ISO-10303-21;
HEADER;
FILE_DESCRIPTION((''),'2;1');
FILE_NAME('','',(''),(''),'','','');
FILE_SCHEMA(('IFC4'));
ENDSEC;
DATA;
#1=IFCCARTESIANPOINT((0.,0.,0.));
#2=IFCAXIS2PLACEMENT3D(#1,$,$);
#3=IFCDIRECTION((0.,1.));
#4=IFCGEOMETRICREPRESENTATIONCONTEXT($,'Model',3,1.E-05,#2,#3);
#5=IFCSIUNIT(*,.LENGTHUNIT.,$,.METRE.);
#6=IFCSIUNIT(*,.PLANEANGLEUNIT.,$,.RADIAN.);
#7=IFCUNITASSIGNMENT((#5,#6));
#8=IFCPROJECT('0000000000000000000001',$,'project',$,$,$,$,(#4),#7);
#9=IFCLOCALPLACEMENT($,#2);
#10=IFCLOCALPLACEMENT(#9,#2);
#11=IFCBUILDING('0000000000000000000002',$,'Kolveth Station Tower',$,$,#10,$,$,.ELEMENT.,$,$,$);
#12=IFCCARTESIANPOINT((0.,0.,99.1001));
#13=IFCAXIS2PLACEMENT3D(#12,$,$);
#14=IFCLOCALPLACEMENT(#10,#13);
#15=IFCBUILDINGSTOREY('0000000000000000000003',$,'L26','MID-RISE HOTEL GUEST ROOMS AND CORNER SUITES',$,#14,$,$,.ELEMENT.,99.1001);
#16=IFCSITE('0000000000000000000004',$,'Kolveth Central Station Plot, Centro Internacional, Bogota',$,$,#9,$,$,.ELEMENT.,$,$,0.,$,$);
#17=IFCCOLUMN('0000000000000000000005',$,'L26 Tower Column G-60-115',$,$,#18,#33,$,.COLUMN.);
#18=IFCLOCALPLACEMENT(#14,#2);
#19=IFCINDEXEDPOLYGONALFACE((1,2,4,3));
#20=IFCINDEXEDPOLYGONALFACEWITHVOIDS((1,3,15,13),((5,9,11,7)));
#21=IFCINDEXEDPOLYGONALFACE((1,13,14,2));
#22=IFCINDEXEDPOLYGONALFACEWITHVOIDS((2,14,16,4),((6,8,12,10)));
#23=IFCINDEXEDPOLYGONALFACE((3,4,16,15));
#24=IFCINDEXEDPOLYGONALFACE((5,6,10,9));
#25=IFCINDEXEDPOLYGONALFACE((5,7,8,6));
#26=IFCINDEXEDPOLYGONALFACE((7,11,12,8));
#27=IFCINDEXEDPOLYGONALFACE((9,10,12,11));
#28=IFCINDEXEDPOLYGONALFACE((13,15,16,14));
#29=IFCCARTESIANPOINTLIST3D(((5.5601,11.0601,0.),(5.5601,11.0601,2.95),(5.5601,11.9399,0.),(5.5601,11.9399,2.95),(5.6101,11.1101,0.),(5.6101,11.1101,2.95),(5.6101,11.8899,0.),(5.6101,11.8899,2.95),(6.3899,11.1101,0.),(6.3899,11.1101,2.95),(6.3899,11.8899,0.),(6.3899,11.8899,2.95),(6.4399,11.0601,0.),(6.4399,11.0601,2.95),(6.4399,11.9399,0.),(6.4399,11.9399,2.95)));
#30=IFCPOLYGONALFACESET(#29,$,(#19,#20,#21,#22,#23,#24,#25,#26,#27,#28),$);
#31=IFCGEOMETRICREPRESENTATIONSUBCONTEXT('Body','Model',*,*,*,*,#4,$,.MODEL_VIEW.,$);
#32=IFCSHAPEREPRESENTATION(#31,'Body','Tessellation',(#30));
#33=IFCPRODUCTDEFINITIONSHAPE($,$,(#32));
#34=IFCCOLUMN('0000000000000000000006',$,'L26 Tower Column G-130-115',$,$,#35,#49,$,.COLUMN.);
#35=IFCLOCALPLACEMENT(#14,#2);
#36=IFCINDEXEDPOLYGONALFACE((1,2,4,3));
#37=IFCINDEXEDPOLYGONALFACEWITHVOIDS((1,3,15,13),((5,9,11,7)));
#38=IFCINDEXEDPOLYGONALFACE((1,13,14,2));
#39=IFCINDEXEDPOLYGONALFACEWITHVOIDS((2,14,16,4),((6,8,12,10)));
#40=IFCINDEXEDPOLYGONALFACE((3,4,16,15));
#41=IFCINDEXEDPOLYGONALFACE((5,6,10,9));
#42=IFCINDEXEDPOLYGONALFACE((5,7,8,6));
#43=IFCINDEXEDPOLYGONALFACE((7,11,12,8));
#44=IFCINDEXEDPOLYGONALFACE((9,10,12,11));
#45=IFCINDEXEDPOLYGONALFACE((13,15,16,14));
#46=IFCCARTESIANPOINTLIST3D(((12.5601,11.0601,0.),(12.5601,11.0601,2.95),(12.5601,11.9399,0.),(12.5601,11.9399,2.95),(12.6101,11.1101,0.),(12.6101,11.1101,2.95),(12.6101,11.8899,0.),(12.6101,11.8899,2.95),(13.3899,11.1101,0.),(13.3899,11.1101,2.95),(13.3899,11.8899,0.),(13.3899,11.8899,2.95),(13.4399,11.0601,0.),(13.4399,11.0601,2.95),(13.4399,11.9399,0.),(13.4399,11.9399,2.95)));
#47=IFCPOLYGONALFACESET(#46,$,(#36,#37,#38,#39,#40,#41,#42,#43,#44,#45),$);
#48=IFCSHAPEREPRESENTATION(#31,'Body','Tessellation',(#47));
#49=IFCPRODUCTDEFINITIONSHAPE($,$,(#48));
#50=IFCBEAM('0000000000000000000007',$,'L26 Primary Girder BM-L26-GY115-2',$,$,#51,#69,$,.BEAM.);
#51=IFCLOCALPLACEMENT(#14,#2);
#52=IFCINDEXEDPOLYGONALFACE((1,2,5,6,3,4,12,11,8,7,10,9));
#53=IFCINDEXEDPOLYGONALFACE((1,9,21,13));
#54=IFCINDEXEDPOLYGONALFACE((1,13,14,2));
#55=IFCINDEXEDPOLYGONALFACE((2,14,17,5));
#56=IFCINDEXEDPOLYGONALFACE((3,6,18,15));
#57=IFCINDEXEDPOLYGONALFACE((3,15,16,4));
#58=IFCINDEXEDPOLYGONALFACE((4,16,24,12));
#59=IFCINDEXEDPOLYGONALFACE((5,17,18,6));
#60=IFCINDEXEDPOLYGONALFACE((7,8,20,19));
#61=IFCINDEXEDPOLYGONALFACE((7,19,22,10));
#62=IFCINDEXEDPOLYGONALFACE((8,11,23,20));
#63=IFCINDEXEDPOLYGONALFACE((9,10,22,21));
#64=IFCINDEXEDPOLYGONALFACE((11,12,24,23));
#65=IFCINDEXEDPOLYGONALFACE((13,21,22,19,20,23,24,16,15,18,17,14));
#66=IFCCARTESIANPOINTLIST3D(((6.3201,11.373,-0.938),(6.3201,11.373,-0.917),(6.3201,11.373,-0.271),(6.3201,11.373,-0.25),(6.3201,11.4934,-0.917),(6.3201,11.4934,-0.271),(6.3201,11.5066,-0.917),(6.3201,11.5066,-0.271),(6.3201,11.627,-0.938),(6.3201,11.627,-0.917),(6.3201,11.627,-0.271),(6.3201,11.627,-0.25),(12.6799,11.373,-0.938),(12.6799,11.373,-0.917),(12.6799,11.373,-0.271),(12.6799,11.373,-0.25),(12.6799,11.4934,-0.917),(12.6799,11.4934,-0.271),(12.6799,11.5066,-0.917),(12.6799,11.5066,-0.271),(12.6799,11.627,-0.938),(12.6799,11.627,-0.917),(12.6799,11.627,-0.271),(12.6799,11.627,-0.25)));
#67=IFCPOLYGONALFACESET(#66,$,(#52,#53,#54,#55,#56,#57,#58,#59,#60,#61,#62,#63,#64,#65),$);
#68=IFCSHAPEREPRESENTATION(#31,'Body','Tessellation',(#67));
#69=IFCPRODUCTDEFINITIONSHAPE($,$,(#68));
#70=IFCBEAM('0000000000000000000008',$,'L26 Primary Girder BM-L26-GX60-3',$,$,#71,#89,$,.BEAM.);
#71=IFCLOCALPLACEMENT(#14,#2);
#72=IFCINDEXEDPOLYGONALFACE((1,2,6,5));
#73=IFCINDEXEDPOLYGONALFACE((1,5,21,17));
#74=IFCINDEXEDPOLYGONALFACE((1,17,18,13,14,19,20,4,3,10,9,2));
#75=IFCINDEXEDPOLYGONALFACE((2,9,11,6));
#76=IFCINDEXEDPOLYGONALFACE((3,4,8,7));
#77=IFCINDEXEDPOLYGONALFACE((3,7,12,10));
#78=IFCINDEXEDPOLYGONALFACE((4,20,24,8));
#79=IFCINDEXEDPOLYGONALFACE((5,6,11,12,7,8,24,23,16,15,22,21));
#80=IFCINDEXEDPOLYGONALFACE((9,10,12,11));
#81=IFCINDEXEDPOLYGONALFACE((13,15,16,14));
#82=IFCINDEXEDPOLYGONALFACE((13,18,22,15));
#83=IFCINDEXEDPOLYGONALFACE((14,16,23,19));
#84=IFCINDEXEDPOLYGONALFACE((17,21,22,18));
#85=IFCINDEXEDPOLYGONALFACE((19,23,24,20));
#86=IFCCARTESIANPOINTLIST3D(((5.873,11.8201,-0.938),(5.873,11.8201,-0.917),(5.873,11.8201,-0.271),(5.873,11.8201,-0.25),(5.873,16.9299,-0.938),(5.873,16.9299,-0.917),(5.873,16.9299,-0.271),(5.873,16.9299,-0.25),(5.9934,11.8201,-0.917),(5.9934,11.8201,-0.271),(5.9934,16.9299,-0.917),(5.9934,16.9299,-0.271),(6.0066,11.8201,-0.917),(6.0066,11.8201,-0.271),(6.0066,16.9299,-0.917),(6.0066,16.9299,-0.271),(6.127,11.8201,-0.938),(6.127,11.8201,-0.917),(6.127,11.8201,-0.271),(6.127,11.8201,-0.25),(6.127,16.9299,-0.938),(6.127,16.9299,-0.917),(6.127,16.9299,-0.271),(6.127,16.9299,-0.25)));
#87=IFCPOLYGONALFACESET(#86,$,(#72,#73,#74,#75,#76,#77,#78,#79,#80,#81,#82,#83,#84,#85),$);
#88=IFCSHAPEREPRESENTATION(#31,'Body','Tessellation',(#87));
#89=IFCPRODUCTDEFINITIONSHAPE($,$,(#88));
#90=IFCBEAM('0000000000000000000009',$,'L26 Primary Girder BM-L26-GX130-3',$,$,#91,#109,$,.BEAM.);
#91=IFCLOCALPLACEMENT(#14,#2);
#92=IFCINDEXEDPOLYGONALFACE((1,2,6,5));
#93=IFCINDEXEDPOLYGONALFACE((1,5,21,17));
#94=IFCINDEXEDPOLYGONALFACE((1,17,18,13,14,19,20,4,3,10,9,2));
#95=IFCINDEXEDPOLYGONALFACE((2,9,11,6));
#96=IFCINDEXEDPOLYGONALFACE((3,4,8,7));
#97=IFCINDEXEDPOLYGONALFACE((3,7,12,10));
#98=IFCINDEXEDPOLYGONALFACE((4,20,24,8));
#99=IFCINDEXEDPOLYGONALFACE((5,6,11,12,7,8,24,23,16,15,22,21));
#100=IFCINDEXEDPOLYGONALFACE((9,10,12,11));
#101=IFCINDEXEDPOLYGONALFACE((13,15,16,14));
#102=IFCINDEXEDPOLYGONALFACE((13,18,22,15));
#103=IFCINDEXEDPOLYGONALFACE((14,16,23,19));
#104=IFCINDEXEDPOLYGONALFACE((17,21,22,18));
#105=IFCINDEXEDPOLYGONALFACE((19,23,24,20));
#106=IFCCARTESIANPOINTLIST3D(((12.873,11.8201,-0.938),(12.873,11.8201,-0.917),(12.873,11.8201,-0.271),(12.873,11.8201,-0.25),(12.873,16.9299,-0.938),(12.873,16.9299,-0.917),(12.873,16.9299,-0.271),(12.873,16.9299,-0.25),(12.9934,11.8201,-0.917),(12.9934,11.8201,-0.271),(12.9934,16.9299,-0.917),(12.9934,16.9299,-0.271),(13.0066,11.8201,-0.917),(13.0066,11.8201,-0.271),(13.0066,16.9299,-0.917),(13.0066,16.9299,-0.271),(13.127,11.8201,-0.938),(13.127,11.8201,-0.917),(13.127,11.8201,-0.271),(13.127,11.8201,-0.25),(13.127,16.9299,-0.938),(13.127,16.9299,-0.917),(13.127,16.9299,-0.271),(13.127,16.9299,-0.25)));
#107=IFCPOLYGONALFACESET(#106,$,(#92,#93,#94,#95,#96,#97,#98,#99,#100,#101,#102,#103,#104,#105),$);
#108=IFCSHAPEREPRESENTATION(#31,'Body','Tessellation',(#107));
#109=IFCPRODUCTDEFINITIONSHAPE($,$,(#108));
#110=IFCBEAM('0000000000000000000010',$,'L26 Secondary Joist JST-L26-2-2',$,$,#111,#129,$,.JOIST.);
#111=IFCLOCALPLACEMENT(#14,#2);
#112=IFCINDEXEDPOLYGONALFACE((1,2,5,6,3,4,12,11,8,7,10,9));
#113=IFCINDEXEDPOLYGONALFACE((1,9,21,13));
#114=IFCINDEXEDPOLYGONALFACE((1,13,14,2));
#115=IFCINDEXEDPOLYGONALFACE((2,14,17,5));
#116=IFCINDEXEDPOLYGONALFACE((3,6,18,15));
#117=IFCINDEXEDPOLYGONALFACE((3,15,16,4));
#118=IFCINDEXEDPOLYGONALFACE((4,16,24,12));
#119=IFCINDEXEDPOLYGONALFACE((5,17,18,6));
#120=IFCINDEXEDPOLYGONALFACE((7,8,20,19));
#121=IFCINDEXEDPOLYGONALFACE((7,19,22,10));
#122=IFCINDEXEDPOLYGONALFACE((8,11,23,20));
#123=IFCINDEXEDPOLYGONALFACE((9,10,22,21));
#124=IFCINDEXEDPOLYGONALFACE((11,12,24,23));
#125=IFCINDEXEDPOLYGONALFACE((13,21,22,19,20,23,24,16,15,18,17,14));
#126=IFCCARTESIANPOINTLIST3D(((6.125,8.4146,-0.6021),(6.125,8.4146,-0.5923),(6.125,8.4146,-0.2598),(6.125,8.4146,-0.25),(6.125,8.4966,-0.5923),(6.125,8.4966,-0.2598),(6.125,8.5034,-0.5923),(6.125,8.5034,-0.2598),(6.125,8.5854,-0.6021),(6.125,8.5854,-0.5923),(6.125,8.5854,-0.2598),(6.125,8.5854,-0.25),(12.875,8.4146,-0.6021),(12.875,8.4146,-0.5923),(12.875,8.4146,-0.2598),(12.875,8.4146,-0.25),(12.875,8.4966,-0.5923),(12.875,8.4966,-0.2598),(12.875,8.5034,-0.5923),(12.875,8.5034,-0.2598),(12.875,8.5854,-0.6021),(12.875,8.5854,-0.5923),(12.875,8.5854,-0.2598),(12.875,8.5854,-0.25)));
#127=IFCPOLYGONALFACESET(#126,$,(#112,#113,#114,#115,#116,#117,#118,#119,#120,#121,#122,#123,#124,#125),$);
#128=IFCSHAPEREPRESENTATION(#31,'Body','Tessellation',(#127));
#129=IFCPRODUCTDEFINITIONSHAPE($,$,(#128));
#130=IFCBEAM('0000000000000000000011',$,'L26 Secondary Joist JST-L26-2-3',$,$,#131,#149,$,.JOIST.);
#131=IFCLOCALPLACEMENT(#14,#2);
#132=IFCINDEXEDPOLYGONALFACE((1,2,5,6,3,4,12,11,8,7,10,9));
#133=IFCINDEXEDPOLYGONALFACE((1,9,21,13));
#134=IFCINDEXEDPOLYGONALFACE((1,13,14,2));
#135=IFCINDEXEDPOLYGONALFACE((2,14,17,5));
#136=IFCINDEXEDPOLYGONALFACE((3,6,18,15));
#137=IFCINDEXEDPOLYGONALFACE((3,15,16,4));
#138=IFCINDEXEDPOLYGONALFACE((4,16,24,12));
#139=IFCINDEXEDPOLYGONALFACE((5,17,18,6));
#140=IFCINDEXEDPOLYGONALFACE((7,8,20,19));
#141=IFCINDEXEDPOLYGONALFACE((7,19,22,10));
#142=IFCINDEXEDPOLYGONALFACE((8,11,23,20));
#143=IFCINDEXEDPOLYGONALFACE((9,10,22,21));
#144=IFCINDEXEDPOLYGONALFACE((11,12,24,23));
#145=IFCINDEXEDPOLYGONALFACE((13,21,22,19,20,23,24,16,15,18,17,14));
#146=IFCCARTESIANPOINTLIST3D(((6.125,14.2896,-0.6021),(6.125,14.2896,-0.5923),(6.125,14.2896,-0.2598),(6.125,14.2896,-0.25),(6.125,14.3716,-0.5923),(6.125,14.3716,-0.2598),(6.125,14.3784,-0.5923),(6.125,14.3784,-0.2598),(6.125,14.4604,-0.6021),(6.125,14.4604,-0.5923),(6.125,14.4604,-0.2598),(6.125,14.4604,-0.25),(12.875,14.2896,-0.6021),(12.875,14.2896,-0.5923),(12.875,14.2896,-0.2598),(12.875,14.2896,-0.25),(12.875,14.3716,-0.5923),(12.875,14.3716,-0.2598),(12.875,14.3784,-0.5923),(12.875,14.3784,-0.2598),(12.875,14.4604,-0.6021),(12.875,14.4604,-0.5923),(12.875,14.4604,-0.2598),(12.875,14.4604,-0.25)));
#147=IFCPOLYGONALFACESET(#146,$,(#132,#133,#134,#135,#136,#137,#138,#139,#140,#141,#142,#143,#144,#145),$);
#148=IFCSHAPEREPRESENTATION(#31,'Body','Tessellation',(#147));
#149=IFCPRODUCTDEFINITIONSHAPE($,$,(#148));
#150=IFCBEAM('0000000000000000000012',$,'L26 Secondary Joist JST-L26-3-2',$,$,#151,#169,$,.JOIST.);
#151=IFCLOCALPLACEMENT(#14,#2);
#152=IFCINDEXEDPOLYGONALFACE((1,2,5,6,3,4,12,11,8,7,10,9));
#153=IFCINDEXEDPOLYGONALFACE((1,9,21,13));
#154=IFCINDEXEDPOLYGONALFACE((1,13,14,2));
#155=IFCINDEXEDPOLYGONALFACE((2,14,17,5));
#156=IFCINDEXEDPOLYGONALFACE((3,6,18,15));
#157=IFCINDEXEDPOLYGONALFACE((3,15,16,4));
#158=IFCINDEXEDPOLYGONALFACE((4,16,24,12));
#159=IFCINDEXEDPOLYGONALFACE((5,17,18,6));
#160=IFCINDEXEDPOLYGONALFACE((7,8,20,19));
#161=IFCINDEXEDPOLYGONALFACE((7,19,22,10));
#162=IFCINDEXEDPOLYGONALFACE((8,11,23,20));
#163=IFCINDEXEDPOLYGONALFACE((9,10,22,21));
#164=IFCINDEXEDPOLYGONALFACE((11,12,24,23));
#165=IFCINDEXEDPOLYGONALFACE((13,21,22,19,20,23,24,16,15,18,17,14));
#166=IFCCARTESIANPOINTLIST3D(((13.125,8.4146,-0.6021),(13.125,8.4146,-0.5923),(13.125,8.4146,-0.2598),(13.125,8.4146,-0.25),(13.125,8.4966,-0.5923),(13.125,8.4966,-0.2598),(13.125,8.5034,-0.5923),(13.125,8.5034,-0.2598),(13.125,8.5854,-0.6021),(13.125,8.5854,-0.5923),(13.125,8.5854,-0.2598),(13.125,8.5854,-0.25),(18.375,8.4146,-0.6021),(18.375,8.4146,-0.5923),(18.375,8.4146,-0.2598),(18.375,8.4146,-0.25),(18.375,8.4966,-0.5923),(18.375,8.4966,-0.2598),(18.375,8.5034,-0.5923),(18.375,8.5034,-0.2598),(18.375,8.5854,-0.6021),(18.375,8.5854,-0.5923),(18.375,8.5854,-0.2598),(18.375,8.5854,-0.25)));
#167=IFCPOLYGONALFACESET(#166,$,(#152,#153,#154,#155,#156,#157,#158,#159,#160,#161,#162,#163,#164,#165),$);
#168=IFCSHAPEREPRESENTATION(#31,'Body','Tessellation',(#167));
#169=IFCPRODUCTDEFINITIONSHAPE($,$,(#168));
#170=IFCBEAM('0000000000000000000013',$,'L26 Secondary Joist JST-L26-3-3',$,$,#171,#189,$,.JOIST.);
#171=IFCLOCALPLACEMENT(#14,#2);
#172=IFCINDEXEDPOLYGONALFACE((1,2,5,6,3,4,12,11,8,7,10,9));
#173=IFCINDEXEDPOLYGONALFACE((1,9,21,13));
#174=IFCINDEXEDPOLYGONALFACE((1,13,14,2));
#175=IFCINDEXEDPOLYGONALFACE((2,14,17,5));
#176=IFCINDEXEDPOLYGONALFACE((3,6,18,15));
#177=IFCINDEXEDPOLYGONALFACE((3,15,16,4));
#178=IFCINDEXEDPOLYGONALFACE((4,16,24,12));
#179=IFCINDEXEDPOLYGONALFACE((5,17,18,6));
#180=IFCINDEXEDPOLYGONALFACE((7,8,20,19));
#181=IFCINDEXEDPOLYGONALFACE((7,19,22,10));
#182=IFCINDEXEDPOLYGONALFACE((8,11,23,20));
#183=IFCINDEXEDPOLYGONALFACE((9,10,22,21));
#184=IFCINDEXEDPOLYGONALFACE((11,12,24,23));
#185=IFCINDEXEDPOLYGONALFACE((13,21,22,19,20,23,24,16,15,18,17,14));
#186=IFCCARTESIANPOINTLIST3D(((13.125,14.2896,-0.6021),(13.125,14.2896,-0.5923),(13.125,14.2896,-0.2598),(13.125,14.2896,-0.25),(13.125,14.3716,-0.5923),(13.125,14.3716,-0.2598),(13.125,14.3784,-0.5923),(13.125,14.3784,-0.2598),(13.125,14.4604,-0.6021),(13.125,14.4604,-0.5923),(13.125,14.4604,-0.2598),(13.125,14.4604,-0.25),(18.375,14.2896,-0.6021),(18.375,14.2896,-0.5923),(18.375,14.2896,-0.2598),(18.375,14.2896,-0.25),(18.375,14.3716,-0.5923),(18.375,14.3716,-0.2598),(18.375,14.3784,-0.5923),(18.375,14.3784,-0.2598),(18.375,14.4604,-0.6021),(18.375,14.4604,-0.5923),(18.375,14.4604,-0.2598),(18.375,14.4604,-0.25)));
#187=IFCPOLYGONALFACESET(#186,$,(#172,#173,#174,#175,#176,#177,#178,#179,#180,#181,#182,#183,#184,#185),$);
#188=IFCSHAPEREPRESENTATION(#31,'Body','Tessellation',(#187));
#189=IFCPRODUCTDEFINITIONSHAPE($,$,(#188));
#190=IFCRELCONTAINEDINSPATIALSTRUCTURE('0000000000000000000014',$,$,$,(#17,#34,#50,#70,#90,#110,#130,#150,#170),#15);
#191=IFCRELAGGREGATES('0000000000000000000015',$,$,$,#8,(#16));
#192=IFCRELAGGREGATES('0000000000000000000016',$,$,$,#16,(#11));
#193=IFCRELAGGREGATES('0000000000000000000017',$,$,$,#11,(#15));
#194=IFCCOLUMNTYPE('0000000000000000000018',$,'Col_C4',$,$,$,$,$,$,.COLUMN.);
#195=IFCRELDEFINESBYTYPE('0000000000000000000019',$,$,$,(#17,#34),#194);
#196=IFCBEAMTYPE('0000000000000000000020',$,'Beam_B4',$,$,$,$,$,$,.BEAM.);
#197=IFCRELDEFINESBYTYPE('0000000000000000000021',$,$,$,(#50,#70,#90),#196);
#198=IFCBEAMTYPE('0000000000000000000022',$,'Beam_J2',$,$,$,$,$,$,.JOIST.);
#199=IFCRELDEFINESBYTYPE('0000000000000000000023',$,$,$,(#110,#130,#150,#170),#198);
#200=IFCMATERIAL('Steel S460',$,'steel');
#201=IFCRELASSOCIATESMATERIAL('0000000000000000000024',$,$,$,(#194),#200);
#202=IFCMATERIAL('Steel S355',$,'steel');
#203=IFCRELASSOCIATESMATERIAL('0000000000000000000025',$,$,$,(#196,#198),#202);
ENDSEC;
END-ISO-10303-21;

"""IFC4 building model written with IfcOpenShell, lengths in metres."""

from ifc_helpers import new_model, si_unit, direction, frame, origin, origin_2d, place, context, subcontext, project, spatial, hollow_rectangle, i_section, extrude, source, transform, mapped, material, material_profile, profile_set, type_object, element, save


model = new_model("IFC4")

# Units and contexts
model_context = context("Model", 3, precision=1e-05, world=origin(), true_north=direction((0.0, 1.0)))
body_context = subcontext(model_context, "Body", "Model", "MODEL_VIEW")
ifc_project = project(units=[si_unit("LENGTHUNIT", "METRE"), si_unit("PLANEANGLEUNIT", "RADIAN")], contexts=[model_context])

# Site, building, storey
site_placement = place(None, origin())
site = spatial("IfcSite", under=ifc_project, at=site_placement, Name="Kolveth Central Station Plot, Centro Internacional, Bogota", CompositionType="ELEMENT", RefElevation=0.0)
building_placement = place(site_placement, origin())
building = spatial("IfcBuilding", under=site, at=building_placement, Name="Kolveth Station Tower", CompositionType="ELEMENT")
storey_placement = place(building_placement, frame((0.0, 0.0, 99.1001)))
storey = spatial("IfcBuildingStorey", under=building, at=storey_placement, Name="L26", Description="MID-RISE HOTEL GUEST ROOMS AND CORNER SUITES", CompositionType="ELEMENT", Elevation=99.1001)

# Columns
ifc_material_1 = material(Name="Steel S460", Category="steel")
ifc_material_profile_1 = material_profile(ifc_material_1, hollow_rectangle(XDim=0.8799, YDim=0.8799, WallThickness=0.05, at=origin_2d()), Name="BOX880x880x50")
ifc_profile_set_1 = profile_set([ifc_material_profile_1], Name="Steel S460")
column_type = type_object("IfcColumnType", Name="Col_C4", PredefinedType="COLUMN", material=ifc_profile_set_1)
shared_shape_1 = source(origin(), body_context, "Body", "SweptSolid", [
    extrude(hollow_rectangle(XDim=0.8799, YDim=0.8799, WallThickness=0.05, at=origin_2d()), origin(), (0.0, 0.0, 1.0), 2.95),
])
for number, where, z_axis, x_axis, name in (
    (1, (6.0, 11.5, 0.0), (0.0, 0.0, 1.0), (1.0, 0.0, 0.0), "L26 Tower Column G-60-115"),
    (2, (13.0, 11.5, 0.0), (0.0, 0.0, 1.0), (1.0, 0.0, 0.0), "L26 Tower Column G-130-115"),
):
    element("IfcColumn", number, at=place(storey_placement, frame(where, z_axis=z_axis, x_axis=x_axis)), inside=storey, type_object=column_type, Name=name, PredefinedType="COLUMN", context=body_context, shape_type="MappedRepresentation", body=[
        mapped(shared_shape_1, transform((0.0, 0.0, 0.0), x_axis=(1.0, 0.0, 0.0), y_axis=(0.0, 1.0, 0.0), z_axis=(0.0, 0.0, 1.0), scale=1.0)),
    ])

# Beams
ifc_material_2 = material(Name="Steel S355", Category="steel")
ifc_material_profile_2 = material_profile(ifc_material_2, i_section(OverallWidth=0.2539, OverallDepth=0.688, WebThickness=0.0132, FlangeThickness=0.021, at=origin_2d()), Name="W690x152")
ifc_profile_set_2 = profile_set([ifc_material_profile_2], Name="Steel S355")
beam_type_1 = type_object("IfcBeamType", Name="Beam_B4", PredefinedType="BEAM", material=ifc_profile_set_2)
shared_shape_2 = source(origin(), body_context, "Body", "SweptSolid", [
    extrude(i_section(OverallWidth=0.2539, OverallDepth=0.688, WebThickness=0.0132, FlangeThickness=0.021, at=origin_2d()), origin(), (0.0, 0.0, 1.0), 6.3599),
])
beam_placement = place(storey_placement, frame((6.3201, 11.5, -0.594), z_axis=(1.0, 0.0, 0.0), x_axis=(0.0, 1.0, 0.0)))
element("IfcBeam", 3, at=beam_placement, inside=storey, type_object=beam_type_1, Name="L26 Primary Girder BM-L26-GY115-2", PredefinedType="BEAM", context=body_context, shape_type="MappedRepresentation", body=[
    mapped(shared_shape_2, transform((0.0, 0.0, 0.0), x_axis=(1.0, 0.0, 0.0), y_axis=(0.0, 1.0, 0.0), z_axis=(0.0, 0.0, 1.0), scale=1.0)),
])
shared_shape_3 = source(origin(), body_context, "Body", "SweptSolid", [
    extrude(i_section(OverallWidth=0.2539, OverallDepth=0.688, WebThickness=0.0132, FlangeThickness=0.021, at=origin_2d()), origin(), (0.0, 0.0, 1.0), 5.1099),
])
for number, where, z_axis, x_axis, name in (
    (4, (6.0, 11.8201, -0.594), (0.0, 1.0, 0.0), (-1.0, 0.0, 0.0), "L26 Primary Girder BM-L26-GX60-3"),
    (5, (13.0, 11.8201, -0.594), (0.0, 1.0, 0.0), (-1.0, 0.0, 0.0), "L26 Primary Girder BM-L26-GX130-3"),
):
    element("IfcBeam", number, at=place(storey_placement, frame(where, z_axis=z_axis, x_axis=x_axis)), inside=storey, type_object=beam_type_1, Name=name, PredefinedType="BEAM", context=body_context, shape_type="MappedRepresentation", body=[
        mapped(shared_shape_3, transform((0.0, 0.0, 0.0), x_axis=(1.0, 0.0, 0.0), y_axis=(0.0, 1.0, 0.0), z_axis=(0.0, 0.0, 1.0), scale=1.0)),
    ])
ifc_material_profile_3 = material_profile(ifc_material_2, i_section(OverallWidth=0.1709, OverallDepth=0.3521, WebThickness=0.0068, FlangeThickness=0.0098, at=origin_2d()), Name="W360x44")
ifc_profile_set_3 = profile_set([ifc_material_profile_3], Name="Steel S355")
beam_type_2 = type_object("IfcBeamType", Name="Beam_J2", PredefinedType="JOIST", material=ifc_profile_set_3)
shared_shape_4 = source(origin(), body_context, "Body", "SweptSolid", [
    extrude(i_section(OverallWidth=0.1709, OverallDepth=0.3521, WebThickness=0.0068, FlangeThickness=0.0098, at=origin_2d()), origin(), (0.0, 0.0, 1.0), 6.75),
])
for number, where, z_axis, x_axis, name in (
    (6, (6.125, 8.5, -0.426), (1.0, 0.0, 0.0), (0.0, 1.0, 0.0), "L26 Secondary Joist JST-L26-2-2"),
    (7, (6.125, 14.375, -0.426), (1.0, 0.0, 0.0), (0.0, 1.0, 0.0), "L26 Secondary Joist JST-L26-2-3"),
):
    element("IfcBeam", number, at=place(storey_placement, frame(where, z_axis=z_axis, x_axis=x_axis)), inside=storey, type_object=beam_type_2, Name=name, PredefinedType="JOIST", context=body_context, shape_type="MappedRepresentation", body=[
        mapped(shared_shape_4, transform((0.0, 0.0, 0.0), x_axis=(1.0, 0.0, 0.0), y_axis=(0.0, 1.0, 0.0), z_axis=(0.0, 0.0, 1.0), scale=1.0)),
    ])
shared_shape_5 = source(origin(), body_context, "Body", "SweptSolid", [
    extrude(i_section(OverallWidth=0.1709, OverallDepth=0.3521, WebThickness=0.0068, FlangeThickness=0.0098, at=origin_2d()), origin(), (0.0, 0.0, 1.0), 5.25),
])
for number, where, z_axis, x_axis, name in (
    (8, (13.125, 8.5, -0.426), (1.0, 0.0, 0.0), (0.0, 1.0, 0.0), "L26 Secondary Joist JST-L26-3-2"),
    (9, (13.125, 14.375, -0.426), (1.0, 0.0, 0.0), (0.0, 1.0, 0.0), "L26 Secondary Joist JST-L26-3-3"),
):
    element("IfcBeam", number, at=place(storey_placement, frame(where, z_axis=z_axis, x_axis=x_axis)), inside=storey, type_object=beam_type_2, Name=name, PredefinedType="JOIST", context=body_context, shape_type="MappedRepresentation", body=[
        mapped(shared_shape_5, transform((0.0, 0.0, 0.0), x_axis=(1.0, 0.0, 0.0), y_axis=(0.0, 1.0, 0.0), z_axis=(0.0, 0.0, 1.0), scale=1.0)),
    ])

save(model, "model.ifc")
